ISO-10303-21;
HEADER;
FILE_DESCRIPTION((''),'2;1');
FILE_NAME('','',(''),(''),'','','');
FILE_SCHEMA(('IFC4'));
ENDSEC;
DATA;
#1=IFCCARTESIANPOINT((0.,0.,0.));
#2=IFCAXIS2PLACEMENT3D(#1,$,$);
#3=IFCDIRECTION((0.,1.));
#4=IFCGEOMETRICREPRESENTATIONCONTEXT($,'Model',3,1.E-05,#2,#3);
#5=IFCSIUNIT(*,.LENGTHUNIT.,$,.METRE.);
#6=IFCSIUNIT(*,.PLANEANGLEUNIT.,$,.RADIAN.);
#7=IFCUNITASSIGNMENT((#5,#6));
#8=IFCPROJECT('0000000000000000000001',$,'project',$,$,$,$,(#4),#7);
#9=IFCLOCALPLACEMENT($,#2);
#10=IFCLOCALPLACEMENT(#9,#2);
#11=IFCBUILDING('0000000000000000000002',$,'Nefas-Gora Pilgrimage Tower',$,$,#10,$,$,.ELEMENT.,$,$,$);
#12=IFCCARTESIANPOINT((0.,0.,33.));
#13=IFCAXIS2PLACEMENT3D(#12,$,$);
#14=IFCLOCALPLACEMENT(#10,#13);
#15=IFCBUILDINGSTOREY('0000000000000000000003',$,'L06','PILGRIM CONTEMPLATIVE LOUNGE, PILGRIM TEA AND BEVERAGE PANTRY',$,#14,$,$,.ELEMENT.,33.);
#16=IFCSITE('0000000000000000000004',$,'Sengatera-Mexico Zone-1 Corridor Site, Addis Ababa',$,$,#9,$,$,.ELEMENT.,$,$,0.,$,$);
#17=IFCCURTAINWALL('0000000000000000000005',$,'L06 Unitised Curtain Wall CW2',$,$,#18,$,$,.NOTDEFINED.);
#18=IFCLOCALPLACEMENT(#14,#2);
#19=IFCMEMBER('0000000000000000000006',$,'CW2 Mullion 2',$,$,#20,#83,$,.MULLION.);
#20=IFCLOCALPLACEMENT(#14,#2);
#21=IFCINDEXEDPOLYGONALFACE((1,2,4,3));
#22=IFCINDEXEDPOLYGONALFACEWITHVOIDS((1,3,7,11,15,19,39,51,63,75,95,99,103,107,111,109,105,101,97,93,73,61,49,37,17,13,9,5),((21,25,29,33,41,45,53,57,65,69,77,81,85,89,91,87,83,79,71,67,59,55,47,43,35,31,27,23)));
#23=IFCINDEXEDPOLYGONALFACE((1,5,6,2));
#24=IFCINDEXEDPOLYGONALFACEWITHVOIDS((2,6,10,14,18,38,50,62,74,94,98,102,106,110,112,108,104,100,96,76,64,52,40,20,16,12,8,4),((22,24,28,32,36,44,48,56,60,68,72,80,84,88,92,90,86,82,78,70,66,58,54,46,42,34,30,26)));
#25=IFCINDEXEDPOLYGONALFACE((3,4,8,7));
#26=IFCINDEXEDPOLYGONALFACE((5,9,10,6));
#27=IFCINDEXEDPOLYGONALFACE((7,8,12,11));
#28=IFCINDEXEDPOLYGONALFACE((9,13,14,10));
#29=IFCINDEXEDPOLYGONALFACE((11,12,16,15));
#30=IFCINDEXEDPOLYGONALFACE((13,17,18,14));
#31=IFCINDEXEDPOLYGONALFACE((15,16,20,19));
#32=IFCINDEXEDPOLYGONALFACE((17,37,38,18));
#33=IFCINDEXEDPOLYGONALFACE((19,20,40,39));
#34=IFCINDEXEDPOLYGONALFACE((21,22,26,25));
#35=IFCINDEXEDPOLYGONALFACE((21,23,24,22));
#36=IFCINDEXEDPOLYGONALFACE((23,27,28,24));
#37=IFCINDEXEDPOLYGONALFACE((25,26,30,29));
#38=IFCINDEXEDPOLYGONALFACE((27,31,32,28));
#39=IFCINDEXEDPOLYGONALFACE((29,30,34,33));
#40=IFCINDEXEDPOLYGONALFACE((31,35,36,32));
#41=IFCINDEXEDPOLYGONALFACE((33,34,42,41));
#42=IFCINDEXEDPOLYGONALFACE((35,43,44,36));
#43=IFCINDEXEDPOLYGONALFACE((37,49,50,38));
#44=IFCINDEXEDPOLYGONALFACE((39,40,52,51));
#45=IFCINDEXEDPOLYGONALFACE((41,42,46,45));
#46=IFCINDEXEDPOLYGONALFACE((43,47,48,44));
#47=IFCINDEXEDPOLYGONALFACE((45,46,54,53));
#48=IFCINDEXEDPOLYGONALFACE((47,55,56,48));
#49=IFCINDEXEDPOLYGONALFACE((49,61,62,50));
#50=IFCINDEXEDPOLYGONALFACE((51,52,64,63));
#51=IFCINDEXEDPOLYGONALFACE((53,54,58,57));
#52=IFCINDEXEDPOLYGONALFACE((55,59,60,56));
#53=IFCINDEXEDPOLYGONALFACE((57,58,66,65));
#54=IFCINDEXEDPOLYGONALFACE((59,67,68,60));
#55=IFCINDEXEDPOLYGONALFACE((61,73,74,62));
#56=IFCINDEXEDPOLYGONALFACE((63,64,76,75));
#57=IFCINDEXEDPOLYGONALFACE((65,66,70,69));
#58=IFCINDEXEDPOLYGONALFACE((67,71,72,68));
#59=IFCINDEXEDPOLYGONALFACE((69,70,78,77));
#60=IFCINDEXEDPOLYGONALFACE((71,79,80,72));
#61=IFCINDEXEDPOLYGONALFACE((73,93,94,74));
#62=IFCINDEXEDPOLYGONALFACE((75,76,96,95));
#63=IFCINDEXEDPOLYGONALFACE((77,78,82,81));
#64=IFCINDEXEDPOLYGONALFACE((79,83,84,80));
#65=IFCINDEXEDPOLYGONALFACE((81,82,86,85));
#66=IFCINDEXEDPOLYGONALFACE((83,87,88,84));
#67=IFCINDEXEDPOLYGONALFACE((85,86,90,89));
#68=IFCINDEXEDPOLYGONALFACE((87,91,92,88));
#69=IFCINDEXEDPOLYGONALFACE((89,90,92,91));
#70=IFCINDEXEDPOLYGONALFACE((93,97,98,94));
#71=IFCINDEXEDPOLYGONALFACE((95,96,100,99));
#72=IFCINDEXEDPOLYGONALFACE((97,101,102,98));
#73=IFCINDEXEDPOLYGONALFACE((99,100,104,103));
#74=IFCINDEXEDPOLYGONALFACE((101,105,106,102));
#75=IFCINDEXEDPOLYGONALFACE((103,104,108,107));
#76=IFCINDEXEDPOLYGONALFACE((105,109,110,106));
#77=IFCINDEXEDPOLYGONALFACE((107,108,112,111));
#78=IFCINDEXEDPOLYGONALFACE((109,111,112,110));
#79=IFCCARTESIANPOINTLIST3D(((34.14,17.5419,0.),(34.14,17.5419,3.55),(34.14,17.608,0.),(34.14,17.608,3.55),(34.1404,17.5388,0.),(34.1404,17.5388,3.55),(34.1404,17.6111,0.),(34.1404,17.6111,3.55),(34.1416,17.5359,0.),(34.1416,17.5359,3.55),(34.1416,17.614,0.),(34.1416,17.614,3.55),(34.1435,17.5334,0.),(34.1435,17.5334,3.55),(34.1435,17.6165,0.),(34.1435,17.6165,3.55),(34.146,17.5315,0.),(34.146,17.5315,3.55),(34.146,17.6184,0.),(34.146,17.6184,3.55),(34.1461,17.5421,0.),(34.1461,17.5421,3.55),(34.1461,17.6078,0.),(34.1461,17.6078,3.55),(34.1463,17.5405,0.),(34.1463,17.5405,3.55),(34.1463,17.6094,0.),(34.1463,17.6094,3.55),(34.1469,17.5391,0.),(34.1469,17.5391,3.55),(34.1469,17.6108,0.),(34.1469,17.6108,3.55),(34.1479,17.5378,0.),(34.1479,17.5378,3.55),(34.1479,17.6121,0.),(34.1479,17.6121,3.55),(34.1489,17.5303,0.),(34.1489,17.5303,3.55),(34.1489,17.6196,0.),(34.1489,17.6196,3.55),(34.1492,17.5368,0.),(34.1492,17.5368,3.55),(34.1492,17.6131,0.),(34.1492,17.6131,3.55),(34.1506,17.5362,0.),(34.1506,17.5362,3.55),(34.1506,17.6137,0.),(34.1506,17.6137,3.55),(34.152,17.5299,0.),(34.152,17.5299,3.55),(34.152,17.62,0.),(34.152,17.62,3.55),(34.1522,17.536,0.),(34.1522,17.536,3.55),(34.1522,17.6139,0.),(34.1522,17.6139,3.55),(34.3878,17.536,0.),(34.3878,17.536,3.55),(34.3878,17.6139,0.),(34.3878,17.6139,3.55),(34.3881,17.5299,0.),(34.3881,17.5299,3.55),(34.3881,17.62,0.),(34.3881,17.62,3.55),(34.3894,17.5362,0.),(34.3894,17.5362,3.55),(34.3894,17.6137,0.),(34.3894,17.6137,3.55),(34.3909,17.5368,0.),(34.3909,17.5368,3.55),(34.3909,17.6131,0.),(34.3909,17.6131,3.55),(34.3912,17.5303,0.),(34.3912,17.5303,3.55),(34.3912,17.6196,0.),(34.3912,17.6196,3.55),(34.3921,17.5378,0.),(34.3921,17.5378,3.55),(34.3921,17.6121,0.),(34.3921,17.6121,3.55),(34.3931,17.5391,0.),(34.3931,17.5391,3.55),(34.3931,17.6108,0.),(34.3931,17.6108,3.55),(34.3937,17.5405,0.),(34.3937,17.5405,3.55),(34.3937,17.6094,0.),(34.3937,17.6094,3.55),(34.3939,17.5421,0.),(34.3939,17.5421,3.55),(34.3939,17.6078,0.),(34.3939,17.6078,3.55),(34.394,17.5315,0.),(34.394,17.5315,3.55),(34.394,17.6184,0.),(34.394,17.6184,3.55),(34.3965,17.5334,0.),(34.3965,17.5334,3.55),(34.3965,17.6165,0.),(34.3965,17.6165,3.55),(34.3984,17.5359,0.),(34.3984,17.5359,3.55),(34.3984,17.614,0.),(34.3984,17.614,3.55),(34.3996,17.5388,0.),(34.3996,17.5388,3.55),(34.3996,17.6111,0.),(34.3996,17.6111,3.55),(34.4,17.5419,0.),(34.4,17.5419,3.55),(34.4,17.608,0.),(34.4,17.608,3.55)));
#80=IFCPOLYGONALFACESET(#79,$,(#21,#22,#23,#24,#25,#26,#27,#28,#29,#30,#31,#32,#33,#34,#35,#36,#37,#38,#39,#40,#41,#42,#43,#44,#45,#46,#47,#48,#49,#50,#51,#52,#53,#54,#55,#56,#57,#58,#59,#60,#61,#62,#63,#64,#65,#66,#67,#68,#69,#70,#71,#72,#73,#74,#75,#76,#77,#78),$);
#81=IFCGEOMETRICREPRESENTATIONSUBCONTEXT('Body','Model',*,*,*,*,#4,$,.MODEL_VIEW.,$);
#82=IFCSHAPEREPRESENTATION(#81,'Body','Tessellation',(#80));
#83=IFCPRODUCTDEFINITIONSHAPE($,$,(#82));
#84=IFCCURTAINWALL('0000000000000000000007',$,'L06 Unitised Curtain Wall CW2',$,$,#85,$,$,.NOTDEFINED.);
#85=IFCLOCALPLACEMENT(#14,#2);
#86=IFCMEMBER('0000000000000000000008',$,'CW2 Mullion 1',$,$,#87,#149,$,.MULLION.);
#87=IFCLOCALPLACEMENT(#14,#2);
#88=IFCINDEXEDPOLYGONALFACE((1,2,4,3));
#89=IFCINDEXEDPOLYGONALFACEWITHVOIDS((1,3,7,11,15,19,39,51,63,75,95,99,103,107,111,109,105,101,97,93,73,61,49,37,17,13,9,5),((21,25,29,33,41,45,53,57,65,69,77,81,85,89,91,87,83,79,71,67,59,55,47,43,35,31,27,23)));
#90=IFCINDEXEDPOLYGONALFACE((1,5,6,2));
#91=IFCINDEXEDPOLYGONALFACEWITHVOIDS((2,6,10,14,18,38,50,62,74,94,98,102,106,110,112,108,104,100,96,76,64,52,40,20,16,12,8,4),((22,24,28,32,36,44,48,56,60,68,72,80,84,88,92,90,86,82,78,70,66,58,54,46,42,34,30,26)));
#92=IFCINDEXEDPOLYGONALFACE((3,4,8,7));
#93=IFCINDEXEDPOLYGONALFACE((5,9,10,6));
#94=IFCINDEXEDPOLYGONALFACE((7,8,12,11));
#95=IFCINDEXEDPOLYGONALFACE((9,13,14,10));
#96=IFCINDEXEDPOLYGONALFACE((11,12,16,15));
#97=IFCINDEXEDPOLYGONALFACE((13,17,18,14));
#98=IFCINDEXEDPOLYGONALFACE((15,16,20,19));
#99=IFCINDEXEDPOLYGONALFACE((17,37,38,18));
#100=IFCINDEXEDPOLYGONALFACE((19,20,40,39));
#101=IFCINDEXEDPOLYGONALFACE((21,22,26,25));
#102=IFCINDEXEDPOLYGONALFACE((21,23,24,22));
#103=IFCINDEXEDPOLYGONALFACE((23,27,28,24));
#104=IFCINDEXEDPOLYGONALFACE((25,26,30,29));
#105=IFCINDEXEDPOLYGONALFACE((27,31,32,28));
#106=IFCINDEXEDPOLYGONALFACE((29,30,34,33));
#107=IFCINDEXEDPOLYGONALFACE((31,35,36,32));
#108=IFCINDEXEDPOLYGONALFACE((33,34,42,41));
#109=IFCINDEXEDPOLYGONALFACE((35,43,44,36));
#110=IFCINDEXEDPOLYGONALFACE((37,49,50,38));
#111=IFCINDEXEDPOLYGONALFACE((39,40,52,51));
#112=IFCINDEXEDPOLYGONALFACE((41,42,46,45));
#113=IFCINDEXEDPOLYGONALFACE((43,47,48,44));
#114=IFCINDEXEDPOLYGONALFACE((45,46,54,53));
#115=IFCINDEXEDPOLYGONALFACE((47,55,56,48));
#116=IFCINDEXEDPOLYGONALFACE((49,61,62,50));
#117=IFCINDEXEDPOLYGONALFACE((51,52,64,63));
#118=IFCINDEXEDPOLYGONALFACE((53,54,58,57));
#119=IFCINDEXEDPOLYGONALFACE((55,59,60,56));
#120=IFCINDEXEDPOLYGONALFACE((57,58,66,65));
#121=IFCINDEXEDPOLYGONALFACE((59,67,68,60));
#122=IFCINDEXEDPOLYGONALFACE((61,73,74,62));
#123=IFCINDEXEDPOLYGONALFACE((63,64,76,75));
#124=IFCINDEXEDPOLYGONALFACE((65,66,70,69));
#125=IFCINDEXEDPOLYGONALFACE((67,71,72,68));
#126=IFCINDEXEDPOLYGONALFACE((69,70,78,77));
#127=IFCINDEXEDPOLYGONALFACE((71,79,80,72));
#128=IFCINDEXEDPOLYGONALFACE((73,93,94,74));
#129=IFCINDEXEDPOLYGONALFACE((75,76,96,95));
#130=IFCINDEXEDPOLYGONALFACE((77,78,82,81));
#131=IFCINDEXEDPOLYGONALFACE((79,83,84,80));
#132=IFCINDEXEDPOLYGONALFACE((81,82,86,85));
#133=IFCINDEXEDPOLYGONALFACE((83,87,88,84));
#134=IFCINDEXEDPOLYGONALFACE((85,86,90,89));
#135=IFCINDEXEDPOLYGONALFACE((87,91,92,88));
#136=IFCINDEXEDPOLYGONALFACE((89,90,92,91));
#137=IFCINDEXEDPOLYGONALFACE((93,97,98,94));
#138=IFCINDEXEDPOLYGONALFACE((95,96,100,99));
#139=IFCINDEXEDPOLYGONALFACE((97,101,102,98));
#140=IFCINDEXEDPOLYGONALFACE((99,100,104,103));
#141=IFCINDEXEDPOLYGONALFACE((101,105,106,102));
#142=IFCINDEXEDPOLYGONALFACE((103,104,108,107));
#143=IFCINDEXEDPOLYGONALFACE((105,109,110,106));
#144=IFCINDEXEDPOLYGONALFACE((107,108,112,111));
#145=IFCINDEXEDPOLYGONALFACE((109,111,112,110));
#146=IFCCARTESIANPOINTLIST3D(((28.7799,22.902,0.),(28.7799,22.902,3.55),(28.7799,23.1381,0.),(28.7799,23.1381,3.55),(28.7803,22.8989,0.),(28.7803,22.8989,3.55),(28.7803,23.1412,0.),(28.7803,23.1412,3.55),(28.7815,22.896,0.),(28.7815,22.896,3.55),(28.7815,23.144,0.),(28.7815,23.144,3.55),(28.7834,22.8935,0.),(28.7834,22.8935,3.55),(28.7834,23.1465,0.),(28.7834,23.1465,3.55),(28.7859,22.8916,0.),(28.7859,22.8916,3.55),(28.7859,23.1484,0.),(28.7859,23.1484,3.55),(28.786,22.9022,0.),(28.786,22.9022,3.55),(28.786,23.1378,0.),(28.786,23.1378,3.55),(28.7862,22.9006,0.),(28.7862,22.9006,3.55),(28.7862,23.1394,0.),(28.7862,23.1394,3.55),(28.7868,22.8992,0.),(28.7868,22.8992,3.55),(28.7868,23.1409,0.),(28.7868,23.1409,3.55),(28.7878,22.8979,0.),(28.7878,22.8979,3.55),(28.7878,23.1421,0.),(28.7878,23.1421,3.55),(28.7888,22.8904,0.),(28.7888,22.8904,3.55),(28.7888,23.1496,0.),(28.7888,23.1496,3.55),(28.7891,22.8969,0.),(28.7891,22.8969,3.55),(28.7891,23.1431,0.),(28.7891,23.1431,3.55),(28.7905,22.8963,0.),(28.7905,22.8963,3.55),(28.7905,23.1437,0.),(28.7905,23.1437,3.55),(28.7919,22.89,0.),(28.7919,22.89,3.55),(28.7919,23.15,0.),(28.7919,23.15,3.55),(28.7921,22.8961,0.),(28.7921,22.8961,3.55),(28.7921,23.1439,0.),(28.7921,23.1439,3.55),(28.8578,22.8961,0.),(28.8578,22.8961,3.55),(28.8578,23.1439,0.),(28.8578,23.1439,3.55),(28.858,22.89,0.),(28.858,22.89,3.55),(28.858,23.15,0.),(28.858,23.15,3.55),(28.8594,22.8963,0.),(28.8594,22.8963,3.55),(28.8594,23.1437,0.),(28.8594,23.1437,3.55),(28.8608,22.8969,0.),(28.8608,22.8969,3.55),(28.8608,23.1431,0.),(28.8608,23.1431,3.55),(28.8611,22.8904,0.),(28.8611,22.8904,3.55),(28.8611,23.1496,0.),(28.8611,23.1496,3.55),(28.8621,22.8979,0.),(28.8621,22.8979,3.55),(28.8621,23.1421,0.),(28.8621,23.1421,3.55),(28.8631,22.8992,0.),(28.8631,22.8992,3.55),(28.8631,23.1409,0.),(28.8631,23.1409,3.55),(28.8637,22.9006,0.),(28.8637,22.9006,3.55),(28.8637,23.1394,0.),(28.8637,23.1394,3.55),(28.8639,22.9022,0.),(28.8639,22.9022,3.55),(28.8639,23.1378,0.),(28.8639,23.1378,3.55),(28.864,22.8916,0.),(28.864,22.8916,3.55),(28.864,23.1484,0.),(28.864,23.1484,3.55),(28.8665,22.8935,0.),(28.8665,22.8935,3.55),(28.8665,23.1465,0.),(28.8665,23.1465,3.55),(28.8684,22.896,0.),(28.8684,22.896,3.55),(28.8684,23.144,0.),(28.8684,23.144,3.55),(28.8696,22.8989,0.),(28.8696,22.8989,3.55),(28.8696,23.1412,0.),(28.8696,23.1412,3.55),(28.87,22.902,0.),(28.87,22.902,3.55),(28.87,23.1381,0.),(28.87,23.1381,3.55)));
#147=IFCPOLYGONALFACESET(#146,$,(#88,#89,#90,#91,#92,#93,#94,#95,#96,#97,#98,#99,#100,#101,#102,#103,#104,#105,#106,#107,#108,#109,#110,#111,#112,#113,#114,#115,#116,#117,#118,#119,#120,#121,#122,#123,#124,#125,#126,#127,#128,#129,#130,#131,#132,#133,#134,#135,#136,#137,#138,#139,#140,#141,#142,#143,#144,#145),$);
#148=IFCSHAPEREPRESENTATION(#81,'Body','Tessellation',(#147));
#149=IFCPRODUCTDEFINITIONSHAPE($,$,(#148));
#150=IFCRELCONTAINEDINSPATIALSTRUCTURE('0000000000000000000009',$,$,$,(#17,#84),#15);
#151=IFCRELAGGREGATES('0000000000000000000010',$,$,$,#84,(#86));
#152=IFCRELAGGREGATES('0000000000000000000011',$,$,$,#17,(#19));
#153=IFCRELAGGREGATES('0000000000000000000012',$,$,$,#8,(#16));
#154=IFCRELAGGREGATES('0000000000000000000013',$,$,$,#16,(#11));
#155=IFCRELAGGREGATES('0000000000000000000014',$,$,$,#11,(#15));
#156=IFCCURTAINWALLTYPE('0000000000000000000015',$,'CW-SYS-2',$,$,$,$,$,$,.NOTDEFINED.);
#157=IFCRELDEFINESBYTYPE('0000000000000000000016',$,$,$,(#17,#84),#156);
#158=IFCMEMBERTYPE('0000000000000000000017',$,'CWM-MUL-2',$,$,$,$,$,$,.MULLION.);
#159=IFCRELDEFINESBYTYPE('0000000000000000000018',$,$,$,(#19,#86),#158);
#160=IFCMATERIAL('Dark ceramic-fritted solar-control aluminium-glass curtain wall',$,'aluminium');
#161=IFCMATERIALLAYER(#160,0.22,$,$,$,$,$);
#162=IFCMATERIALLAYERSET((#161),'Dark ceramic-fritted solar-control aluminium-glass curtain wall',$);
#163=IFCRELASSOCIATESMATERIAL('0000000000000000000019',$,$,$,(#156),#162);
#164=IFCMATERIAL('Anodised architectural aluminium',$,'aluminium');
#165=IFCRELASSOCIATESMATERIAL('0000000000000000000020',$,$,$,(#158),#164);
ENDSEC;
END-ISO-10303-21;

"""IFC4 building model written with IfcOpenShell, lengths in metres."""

from ifc_helpers import new_model, si_unit, direction, frame, origin, origin_2d, place, context, subcontext, project, spatial, hollow_rectangle, extrude, source, transform, mapped, material, layer, layer_set, material_profile, profile_set, type_object, element, aggregate, save


model = new_model("IFC4")

# Units and contexts
model_context = context("Model", 3, precision=1e-05, world=origin(), true_north=direction((0.0, 1.0)))
body_context = subcontext(model_context, "Body", "Model", "MODEL_VIEW")
ifc_project = project(units=[si_unit("LENGTHUNIT", "METRE"), si_unit("PLANEANGLEUNIT", "RADIAN")], contexts=[model_context])

# Site, building, storey
site_placement = place(None, origin())
site = spatial("IfcSite", under=ifc_project, at=site_placement, Name="Sengatera-Mexico Zone-1 Corridor Site, Addis Ababa", CompositionType="ELEMENT", RefElevation=0.0)
building_placement = place(site_placement, origin())
building = spatial("IfcBuilding", under=site, at=building_placement, Name="Nefas-Gora Pilgrimage Tower", CompositionType="ELEMENT")
storey_placement = place(building_placement, frame((0.0, 0.0, 33.0)))
storey = spatial("IfcBuildingStorey", under=building, at=storey_placement, Name="L06", Description="PILGRIM CONTEMPLATIVE LOUNGE, PILGRIM TEA AND BEVERAGE PANTRY", CompositionType="ELEMENT", Elevation=33.0)

# Curtain wall, member
ifc_material_1 = material(Name="Dark ceramic-fritted solar-control aluminium-glass curtain wall", Category="aluminium")
ifc_layer_1 = layer(ifc_material_1, 0.22)
ifc_layer_set_1 = layer_set([ifc_layer_1], Name="Dark ceramic-fritted solar-control aluminium-glass curtain wall")
curtain_wall_type = type_object("IfcCurtainWallType", Name="CW-SYS-2", PredefinedType="NOTDEFINED", material=ifc_layer_set_1)
curtain_wall_1_placement = place(storey_placement, origin())
curtain_wall_1 = element("IfcCurtainWall", 1, at=curtain_wall_1_placement, inside=storey, type_object=curtain_wall_type, Name="L06 Unitised Curtain Wall CW2", PredefinedType="NOTDEFINED")
ifc_material_2 = material(Name="Anodised architectural aluminium", Category="aluminium")
ifc_material_profile_1 = material_profile(ifc_material_2, hollow_rectangle(XDim=0.0901, YDim=0.26, WallThickness=0.0061, InnerFilletRadius=0.0061, OuterFilletRadius=0.012, at=origin_2d()), Name="ALU MULLION 90x260")
ifc_profile_set_1 = profile_set([ifc_material_profile_1], Name="Anodised architectural aluminium")
member_type_1 = type_object("IfcMemberType", Name="CWM-MUL-2", PredefinedType="MULLION", material=ifc_profile_set_1)
shared_shape_1 = source(origin(), body_context, "Body", "SweptSolid", [
    extrude(hollow_rectangle(XDim=0.0901, YDim=0.26, WallThickness=0.0061, InnerFilletRadius=0.0061, OuterFilletRadius=0.012, at=origin_2d()), origin(), (0.0, 0.0, 1.0), 3.55),
])
member_1_placement = place(storey_placement, frame((34.27, 17.575, 0.0), z_axis=(0.0, 0.0, 1.0), x_axis=(0.0, 1.0, 0.0)))
member_1 = element("IfcMember", 2, at=member_1_placement, type_object=member_type_1, Name="CW2 Mullion 2", PredefinedType="MULLION", context=body_context, shape_type="MappedRepresentation", body=[
    mapped(shared_shape_1, transform((0.0, 0.0, 0.0), x_axis=(1.0, 0.0, 0.0), y_axis=(0.0, 1.0, 0.0), z_axis=(0.0, 0.0, 1.0), scale=1.0)),
])

# Curtain wall, member
curtain_wall_2_placement = place(storey_placement, origin())
curtain_wall_2 = element("IfcCurtainWall", 3, at=curtain_wall_2_placement, inside=storey, type_object=curtain_wall_type, Name="L06 Unitised Curtain Wall CW2", PredefinedType="NOTDEFINED")
member_2_placement = place(storey_placement, frame((28.825, 23.02, 0.0), z_axis=(0.0, 0.0, 1.0), x_axis=(-1.0, 0.0, 0.0)))
member_2 = element("IfcMember", 4, at=member_2_placement, type_object=member_type_1, Name="CW2 Mullion 1", PredefinedType="MULLION", context=body_context, shape_type="MappedRepresentation", body=[
    mapped(shared_shape_1, transform((0.0, 0.0, 0.0), x_axis=(1.0, 0.0, 0.0), y_axis=(0.0, 1.0, 0.0), z_axis=(0.0, 0.0, 1.0), scale=1.0)),
])

aggregate(curtain_wall_2, [member_2])
aggregate(curtain_wall_1, [member_1])

save(model, "model.ifc")
